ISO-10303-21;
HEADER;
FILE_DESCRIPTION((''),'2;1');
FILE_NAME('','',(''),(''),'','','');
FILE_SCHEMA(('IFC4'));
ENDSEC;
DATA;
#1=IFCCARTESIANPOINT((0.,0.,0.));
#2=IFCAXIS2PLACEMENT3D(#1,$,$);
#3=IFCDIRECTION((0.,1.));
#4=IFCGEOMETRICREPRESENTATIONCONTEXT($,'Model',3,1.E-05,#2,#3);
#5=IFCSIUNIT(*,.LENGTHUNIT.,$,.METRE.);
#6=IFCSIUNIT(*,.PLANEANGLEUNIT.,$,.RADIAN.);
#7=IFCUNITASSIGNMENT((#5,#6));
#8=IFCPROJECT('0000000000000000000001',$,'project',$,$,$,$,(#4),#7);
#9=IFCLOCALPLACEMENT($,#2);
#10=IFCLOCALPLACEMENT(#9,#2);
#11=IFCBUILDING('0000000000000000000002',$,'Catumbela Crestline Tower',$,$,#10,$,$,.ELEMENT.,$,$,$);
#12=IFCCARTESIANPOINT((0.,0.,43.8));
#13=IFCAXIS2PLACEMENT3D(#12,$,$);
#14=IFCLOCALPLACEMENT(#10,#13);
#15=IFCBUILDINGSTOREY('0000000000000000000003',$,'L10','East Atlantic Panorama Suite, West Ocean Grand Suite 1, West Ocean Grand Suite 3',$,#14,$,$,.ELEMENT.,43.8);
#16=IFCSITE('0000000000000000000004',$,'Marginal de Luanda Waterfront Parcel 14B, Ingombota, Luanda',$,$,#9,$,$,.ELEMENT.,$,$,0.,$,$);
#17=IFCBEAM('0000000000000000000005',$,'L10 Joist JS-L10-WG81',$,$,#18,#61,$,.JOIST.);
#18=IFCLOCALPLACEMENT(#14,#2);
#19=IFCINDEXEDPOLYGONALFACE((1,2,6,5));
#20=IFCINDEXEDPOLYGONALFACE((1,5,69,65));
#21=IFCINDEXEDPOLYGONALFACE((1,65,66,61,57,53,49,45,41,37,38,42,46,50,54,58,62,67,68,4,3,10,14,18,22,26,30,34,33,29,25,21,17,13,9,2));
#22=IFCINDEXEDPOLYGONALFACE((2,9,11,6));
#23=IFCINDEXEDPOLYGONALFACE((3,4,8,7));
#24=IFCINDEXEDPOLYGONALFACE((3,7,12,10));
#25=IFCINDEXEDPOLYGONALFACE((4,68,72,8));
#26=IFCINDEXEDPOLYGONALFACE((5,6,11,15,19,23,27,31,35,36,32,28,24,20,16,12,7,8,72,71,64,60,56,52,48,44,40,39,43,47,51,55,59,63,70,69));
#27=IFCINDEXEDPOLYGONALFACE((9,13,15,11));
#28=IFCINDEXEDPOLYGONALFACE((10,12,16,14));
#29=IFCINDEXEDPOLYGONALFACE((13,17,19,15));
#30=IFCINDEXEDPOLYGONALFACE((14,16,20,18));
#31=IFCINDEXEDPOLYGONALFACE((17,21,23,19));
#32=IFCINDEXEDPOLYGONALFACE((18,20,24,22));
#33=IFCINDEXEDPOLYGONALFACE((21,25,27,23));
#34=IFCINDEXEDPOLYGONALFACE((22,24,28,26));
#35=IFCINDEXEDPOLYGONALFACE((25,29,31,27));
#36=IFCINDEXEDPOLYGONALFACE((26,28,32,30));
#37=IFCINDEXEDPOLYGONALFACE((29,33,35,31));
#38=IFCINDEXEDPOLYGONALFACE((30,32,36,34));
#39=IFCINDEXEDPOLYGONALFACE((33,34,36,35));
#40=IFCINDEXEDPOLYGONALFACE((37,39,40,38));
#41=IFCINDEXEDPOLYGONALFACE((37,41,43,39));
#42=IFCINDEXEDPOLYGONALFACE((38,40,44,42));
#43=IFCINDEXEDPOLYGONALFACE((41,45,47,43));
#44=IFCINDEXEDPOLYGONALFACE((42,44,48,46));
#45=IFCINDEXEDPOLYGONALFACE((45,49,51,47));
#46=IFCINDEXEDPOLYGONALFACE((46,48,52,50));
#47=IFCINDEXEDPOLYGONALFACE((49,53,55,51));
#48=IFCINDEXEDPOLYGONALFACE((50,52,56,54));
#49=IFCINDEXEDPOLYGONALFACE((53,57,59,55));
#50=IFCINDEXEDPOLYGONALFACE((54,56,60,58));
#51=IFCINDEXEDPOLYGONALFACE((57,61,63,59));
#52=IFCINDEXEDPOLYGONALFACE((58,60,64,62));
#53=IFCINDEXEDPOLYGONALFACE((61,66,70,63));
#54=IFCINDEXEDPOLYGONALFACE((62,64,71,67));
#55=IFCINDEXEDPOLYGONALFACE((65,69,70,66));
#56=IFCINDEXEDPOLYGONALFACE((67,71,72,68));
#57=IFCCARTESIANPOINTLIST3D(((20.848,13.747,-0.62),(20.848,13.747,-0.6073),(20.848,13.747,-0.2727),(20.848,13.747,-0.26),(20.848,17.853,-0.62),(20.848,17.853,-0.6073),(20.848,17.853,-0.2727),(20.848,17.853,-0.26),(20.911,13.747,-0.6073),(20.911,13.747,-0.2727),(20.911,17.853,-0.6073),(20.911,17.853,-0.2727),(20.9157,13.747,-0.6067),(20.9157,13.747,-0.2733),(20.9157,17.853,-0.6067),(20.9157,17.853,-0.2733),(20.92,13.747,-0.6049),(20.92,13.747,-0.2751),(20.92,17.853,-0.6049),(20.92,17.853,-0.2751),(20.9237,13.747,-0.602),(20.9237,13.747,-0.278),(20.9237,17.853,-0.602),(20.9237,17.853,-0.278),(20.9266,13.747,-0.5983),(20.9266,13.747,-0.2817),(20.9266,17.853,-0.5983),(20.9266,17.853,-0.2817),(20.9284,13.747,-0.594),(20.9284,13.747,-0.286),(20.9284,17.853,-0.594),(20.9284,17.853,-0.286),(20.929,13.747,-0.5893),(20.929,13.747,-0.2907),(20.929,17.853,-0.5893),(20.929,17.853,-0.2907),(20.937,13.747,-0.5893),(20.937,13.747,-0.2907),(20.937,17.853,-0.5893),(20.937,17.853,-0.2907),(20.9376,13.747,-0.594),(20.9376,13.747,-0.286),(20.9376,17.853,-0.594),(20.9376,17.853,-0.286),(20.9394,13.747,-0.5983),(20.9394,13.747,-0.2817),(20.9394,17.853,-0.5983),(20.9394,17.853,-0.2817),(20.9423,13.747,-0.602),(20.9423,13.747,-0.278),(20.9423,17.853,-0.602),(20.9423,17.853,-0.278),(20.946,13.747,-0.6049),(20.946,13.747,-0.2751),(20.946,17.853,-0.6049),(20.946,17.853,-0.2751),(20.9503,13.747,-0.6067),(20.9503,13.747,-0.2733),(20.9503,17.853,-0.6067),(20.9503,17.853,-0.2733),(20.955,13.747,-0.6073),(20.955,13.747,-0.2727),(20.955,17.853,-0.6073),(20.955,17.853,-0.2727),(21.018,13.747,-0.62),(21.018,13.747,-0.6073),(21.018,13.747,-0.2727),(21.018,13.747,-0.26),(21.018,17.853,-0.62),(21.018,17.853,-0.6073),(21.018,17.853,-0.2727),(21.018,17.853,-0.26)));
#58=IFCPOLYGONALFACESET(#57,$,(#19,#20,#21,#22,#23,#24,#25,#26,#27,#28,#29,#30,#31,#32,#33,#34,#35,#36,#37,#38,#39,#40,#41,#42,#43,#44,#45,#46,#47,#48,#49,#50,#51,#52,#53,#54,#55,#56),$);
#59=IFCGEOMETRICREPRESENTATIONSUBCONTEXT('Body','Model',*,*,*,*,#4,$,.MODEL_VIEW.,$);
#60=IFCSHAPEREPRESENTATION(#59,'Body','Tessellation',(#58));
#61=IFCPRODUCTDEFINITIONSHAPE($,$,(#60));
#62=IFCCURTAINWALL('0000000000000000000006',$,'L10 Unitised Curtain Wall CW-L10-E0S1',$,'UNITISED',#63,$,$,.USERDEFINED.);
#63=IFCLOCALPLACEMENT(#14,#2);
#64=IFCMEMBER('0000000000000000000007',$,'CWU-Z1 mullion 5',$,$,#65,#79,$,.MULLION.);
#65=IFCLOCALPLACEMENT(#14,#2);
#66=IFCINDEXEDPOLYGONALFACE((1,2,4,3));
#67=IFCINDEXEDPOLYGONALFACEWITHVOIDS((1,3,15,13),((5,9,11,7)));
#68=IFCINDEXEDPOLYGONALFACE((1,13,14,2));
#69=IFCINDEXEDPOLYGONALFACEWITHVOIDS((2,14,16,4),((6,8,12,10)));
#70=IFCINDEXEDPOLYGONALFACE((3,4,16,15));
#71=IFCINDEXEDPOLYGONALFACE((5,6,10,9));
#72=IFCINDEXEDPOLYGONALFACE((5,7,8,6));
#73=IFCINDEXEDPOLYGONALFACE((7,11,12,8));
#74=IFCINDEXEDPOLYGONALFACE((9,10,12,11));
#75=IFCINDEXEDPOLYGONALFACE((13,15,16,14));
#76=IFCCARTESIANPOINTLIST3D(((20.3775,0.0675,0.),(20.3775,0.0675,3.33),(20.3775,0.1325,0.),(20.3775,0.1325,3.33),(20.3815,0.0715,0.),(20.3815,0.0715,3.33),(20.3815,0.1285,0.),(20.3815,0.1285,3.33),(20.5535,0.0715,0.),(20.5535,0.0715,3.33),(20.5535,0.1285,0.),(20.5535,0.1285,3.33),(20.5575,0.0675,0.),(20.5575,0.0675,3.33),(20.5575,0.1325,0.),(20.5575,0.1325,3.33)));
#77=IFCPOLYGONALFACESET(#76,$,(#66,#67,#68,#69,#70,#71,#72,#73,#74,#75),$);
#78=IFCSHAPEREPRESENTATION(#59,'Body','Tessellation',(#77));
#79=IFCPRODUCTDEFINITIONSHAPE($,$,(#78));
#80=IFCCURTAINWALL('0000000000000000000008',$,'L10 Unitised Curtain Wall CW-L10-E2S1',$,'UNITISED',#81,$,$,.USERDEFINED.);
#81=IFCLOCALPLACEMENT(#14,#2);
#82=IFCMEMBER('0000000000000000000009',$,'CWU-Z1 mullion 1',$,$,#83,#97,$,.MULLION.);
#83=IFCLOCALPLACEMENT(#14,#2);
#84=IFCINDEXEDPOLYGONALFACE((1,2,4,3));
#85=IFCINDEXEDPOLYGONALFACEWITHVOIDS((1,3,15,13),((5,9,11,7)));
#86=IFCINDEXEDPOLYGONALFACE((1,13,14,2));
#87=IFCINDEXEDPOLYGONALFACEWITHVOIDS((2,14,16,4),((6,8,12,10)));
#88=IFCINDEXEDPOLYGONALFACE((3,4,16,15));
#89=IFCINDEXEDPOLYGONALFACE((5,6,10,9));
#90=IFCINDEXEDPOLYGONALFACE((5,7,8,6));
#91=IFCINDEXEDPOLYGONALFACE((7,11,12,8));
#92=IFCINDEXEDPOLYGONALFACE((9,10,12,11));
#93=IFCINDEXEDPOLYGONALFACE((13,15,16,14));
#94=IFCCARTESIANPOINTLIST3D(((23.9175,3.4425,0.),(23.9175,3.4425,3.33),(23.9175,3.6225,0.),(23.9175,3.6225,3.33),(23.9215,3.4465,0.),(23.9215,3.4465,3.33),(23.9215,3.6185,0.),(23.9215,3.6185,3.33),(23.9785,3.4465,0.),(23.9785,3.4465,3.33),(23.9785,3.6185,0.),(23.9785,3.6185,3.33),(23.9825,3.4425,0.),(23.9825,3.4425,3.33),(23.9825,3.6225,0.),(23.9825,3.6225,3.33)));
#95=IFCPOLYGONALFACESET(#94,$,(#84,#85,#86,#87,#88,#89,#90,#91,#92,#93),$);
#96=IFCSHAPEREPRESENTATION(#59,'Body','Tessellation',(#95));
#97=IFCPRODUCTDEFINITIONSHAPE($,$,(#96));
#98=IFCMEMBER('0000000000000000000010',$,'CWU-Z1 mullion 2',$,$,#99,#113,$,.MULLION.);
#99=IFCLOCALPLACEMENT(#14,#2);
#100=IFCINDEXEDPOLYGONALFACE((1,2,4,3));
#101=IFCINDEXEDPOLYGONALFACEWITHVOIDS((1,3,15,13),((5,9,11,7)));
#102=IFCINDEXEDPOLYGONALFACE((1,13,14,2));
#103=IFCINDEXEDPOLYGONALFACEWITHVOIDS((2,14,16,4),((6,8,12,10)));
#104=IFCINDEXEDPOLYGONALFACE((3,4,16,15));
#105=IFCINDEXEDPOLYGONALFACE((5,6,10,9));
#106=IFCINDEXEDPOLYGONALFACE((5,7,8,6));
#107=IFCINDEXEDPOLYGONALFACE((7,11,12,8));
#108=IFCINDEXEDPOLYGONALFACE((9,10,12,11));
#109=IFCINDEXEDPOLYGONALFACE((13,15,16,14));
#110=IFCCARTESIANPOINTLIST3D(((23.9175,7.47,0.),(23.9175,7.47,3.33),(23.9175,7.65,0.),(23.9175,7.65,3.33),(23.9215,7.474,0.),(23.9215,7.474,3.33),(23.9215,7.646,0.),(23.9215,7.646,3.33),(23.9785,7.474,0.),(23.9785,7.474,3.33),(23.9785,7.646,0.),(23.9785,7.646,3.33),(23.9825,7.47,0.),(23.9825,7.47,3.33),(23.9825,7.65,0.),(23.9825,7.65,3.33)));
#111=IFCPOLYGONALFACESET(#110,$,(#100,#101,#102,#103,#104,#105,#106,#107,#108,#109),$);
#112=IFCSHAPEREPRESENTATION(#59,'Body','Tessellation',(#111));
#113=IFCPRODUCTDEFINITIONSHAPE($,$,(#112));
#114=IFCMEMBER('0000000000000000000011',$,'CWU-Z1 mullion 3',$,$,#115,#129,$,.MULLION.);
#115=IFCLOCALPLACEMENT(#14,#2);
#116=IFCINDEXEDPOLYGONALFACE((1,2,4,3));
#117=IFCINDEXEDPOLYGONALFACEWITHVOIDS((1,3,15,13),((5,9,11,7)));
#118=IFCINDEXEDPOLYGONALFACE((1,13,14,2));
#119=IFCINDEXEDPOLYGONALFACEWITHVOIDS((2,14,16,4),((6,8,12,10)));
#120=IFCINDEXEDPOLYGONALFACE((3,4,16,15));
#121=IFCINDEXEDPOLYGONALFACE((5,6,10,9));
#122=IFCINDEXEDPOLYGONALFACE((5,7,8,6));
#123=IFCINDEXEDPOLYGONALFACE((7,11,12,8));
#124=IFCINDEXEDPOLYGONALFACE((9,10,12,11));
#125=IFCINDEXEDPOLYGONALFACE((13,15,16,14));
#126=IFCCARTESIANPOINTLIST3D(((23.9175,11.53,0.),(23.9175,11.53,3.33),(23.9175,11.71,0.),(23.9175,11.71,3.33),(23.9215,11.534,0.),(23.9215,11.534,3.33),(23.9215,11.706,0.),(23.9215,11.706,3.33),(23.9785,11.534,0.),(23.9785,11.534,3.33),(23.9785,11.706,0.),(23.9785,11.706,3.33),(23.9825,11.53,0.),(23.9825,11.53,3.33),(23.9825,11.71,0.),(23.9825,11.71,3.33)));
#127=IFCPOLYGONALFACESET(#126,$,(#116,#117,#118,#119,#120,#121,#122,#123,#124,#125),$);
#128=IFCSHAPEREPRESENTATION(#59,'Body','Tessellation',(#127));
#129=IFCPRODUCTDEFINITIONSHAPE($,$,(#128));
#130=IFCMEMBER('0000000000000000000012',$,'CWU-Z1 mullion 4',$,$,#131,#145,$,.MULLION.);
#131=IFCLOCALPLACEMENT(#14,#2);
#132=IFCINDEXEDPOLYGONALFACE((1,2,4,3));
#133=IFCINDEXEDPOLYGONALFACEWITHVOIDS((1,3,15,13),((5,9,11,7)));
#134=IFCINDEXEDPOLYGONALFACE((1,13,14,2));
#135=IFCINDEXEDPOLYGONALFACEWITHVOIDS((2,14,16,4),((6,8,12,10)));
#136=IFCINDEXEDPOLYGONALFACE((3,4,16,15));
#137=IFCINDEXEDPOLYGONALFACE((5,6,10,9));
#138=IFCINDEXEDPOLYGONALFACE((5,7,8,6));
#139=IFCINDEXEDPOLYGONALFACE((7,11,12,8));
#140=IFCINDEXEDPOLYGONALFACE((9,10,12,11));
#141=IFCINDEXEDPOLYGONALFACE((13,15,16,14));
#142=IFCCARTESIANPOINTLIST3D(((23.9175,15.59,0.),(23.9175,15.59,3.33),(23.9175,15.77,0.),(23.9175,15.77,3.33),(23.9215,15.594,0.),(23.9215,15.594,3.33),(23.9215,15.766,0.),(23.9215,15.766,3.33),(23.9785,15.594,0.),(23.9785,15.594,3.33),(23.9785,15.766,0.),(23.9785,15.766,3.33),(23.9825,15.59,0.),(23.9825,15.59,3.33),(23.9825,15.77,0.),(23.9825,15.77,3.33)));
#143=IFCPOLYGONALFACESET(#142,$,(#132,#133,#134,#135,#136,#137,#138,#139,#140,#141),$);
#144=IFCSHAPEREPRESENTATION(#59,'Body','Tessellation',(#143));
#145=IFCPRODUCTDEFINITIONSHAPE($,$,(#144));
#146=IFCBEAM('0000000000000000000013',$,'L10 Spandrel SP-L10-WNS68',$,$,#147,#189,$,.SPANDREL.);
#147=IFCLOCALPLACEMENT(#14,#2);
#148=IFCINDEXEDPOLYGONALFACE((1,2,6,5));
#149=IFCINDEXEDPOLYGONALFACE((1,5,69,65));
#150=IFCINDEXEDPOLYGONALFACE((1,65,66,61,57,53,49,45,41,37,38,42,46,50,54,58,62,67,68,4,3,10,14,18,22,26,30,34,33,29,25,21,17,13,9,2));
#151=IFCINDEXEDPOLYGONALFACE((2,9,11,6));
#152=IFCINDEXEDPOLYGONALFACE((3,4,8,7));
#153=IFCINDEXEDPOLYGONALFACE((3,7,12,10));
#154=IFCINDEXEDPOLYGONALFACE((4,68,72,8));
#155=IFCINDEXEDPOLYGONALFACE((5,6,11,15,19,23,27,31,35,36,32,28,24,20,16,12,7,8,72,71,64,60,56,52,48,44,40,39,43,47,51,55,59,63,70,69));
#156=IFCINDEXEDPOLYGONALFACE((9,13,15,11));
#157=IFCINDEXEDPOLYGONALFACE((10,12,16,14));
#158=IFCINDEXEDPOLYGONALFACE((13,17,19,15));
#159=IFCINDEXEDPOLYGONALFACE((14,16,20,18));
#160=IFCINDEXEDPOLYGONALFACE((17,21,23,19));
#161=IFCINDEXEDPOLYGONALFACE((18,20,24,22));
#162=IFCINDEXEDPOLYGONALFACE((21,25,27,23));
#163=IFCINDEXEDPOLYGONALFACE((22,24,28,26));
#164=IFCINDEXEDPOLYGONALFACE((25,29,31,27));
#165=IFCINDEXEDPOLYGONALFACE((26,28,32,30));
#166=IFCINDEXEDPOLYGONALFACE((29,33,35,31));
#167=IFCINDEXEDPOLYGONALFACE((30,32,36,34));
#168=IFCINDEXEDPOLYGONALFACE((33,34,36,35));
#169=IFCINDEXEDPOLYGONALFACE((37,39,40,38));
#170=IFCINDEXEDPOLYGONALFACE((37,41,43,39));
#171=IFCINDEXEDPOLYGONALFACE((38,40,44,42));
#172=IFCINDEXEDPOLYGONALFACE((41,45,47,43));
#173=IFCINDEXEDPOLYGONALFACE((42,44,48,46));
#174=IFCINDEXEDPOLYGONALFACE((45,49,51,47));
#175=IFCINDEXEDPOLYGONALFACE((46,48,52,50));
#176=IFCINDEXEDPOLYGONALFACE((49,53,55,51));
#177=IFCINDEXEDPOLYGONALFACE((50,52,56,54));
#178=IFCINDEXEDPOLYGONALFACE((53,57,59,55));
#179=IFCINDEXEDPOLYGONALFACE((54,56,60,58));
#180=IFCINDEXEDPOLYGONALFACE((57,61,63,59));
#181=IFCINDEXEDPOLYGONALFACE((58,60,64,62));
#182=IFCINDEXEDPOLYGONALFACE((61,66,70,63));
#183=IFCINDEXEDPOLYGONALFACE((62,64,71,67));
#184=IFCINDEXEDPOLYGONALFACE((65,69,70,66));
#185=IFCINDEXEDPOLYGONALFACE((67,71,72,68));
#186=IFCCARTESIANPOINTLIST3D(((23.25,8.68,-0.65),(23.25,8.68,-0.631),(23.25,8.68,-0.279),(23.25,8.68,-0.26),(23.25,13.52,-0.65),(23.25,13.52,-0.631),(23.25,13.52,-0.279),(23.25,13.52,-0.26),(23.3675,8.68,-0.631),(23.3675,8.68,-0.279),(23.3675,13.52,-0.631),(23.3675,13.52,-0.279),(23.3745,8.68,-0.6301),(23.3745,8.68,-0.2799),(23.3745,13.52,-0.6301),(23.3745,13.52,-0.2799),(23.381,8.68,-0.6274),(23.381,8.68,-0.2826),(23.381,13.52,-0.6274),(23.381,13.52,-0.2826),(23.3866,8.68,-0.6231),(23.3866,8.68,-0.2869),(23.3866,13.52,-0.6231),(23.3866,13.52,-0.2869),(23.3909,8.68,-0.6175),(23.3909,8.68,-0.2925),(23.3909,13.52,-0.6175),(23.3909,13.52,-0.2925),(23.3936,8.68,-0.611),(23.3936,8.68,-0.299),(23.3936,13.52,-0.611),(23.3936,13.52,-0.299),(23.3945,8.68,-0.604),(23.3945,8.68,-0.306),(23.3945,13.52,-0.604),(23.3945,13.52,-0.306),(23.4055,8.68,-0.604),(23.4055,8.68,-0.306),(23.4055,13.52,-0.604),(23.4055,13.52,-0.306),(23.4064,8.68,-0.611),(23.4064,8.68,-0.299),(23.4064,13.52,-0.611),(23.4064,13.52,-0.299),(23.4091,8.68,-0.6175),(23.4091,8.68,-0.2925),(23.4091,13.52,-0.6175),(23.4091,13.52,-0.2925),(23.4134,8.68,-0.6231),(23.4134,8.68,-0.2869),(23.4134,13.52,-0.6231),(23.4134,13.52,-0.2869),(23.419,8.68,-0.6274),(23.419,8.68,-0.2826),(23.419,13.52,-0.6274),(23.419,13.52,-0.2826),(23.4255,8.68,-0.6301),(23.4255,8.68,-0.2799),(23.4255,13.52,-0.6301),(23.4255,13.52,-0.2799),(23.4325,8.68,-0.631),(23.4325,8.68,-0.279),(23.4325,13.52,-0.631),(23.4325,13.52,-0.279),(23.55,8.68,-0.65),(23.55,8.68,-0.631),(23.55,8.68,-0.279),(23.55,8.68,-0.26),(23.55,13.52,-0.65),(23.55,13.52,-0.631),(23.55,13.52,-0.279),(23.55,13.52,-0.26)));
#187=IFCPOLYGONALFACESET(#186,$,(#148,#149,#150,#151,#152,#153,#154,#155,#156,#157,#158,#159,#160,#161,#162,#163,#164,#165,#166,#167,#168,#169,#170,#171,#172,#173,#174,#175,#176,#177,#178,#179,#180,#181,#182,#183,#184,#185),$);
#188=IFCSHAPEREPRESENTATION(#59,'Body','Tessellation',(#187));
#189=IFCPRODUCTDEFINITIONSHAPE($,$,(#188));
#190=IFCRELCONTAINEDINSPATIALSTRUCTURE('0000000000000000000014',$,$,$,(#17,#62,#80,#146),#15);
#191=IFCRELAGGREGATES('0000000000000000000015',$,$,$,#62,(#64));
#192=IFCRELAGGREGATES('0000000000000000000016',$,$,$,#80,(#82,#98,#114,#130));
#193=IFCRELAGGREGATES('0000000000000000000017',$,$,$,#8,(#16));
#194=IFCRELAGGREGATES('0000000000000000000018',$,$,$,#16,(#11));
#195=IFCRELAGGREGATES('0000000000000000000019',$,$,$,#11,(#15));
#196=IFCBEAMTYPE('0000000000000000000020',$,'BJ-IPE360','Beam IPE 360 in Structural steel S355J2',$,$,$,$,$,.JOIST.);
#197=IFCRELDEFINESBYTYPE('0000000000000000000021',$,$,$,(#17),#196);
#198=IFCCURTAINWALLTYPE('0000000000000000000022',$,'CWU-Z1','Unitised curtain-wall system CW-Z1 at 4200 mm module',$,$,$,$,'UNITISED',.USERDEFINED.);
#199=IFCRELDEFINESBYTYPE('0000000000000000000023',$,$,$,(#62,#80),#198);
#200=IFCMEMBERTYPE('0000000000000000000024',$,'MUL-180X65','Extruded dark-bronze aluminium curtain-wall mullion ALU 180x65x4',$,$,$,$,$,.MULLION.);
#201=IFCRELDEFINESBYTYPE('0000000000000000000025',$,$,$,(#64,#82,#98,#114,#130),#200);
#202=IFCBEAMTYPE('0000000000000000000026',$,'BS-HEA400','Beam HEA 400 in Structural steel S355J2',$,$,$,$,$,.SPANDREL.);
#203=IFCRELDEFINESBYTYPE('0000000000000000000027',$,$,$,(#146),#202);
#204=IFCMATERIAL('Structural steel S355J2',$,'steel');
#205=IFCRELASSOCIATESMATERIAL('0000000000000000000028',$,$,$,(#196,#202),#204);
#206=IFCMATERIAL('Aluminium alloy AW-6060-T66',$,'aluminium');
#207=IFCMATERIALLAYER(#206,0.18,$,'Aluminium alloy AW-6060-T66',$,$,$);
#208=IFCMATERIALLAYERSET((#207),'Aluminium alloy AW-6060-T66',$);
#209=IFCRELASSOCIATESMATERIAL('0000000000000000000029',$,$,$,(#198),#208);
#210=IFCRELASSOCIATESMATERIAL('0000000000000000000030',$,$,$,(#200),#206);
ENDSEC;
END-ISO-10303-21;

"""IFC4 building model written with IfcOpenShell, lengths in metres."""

from ifc_helpers import new_model, si_unit, direction, frame, origin, origin_2d, place, context, subcontext, project, spatial, hollow_rectangle, i_section, extrude, material, layer, layer_set, material_profile, profile_set, type_object, element, aggregate, save


model = new_model("IFC4")

# Units and contexts
model_context = context("Model", 3, precision=1e-05, world=origin(), true_north=direction((0.0, 1.0)))
body_context = subcontext(model_context, "Body", "Model", "MODEL_VIEW")
ifc_project = project(units=[si_unit("LENGTHUNIT", "METRE"), si_unit("PLANEANGLEUNIT", "RADIAN")], contexts=[model_context])

# Site, building, storey
site_placement = place(None, origin())
site = spatial("IfcSite", under=ifc_project, at=site_placement, Name="Marginal de Luanda Waterfront Parcel 14B, Ingombota, Luanda", CompositionType="ELEMENT", RefElevation=0.0)
building_placement = place(site_placement, origin())
building = spatial("IfcBuilding", under=site, at=building_placement, Name="Catumbela Crestline Tower", CompositionType="ELEMENT")
storey_placement = place(building_placement, frame((0.0, 0.0, 43.8)))
storey = spatial("IfcBuildingStorey", under=building, at=storey_placement, Name="L10", Description="East Atlantic Panorama Suite, West Ocean Grand Suite 1, West Ocean Grand Suite 3", CompositionType="ELEMENT", Elevation=43.8)

# Beam
ifc_material_1 = material(Name="Structural steel S355J2", Category="steel")
ifc_material_profile_1 = material_profile(ifc_material_1, i_section(OverallWidth=0.17, OverallDepth=0.36, WebThickness=0.008, FlangeThickness=0.0127, FilletRadius=0.018, at=origin_2d()), Name="IPE 360")
ifc_profile_set_1 = profile_set([ifc_material_profile_1], Name="Structural steel S355J2")
beam_type_1 = type_object("IfcBeamType", Name="BJ-IPE360", Description="Beam IPE 360 in Structural steel S355J2", PredefinedType="JOIST", material=ifc_profile_set_1)
beam_1_placement = place(storey_placement, frame((20.933, 13.747, -0.44), z_axis=(0.0, 1.0, 0.0), x_axis=(-1.0, 0.0, 0.0)))
element("IfcBeam", 1, at=beam_1_placement, inside=storey, type_object=beam_type_1, Name="L10 Joist JS-L10-WG81", PredefinedType="JOIST", context=body_context, shape_type="SweptSolid", body=[
    extrude(i_section(OverallWidth=0.17, OverallDepth=0.36, WebThickness=0.008, FlangeThickness=0.0127, FilletRadius=0.018, at=origin_2d()), origin(), (0.0, 0.0, 1.0), 4.106),
])

# Curtain wall, member
ifc_material_2 = material(Name="Aluminium alloy AW-6060-T66", Category="aluminium")
ifc_layer_1 = layer(ifc_material_2, 0.18, Name="Aluminium alloy AW-6060-T66")
ifc_layer_set_1 = layer_set([ifc_layer_1], Name="Aluminium alloy AW-6060-T66")
curtain_wall_type = type_object("IfcCurtainWallType", Name="CWU-Z1", Description="Unitised curtain-wall system CW-Z1 at 4200 mm module", ElementType="UNITISED", PredefinedType="USERDEFINED", material=ifc_layer_set_1)
curtain_wall_1_placement = place(storey_placement, origin())
curtain_wall_1 = element("IfcCurtainWall", 2, at=curtain_wall_1_placement, inside=storey, type_object=curtain_wall_type, Name="L10 Unitised Curtain Wall CW-L10-E0S1", ObjectType="UNITISED", PredefinedType="USERDEFINED")
ifc_material_profile_2 = material_profile(ifc_material_2, hollow_rectangle(XDim=0.065, YDim=0.18, WallThickness=0.004, at=origin_2d()), Name="ALU 180x65x4")
ifc_profile_set_2 = profile_set([ifc_material_profile_2], Name="Aluminium alloy AW-6060-T66")
member_type_1 = type_object("IfcMemberType", Name="MUL-180X65", Description="Extruded dark-bronze aluminium curtain-wall mullion ALU 180x65x4", PredefinedType="MULLION", material=ifc_profile_set_2)
member_1_placement = place(storey_placement, frame((20.4675, 0.1, 0.0), z_axis=(0.0, 0.0, 1.0), x_axis=(0.0, 1.0, 0.0)))
member_1 = element("IfcMember", 3, at=member_1_placement, type_object=member_type_1, Name="CWU-Z1 mullion 5", PredefinedType="MULLION", context=body_context, shape_type="SweptSolid", body=[
    extrude(hollow_rectangle(XDim=0.065, YDim=0.18, WallThickness=0.004, at=origin_2d()), origin(), (0.0, 0.0, 1.0), 3.33),
])
aggregate(curtain_wall_1, [member_1])

# Curtain wall, members
curtain_wall_2_placement = place(storey_placement, origin())
curtain_wall_2 = element("IfcCurtainWall", 4, at=curtain_wall_2_placement, inside=storey, type_object=curtain_wall_type, Name="L10 Unitised Curtain Wall CW-L10-E2S1", ObjectType="UNITISED", PredefinedType="USERDEFINED")
member_2_placement = place(storey_placement, frame((23.95, 3.5325, 0.0), z_axis=(0.0, 0.0, 1.0), x_axis=(-1.0, 0.0, 0.0)))
member_2 = element("IfcMember", 5, at=member_2_placement, type_object=member_type_1, Name="CWU-Z1 mullion 1", PredefinedType="MULLION", context=body_context, shape_type="SweptSolid", body=[
    extrude(hollow_rectangle(XDim=0.065, YDim=0.18, WallThickness=0.004, at=origin_2d()), origin(), (0.0, 0.0, 1.0), 3.33),
])
member_3_placement = place(storey_placement, frame((23.95, 7.56, 0.0), z_axis=(0.0, 0.0, 1.0), x_axis=(-1.0, 0.0, 0.0)))
member_3 = element("IfcMember", 6, at=member_3_placement, type_object=member_type_1, Name="CWU-Z1 mullion 2", PredefinedType="MULLION", context=body_context, shape_type="SweptSolid", body=[
    extrude(hollow_rectangle(XDim=0.065, YDim=0.18, WallThickness=0.004, at=origin_2d()), origin(), (0.0, 0.0, 1.0), 3.33),
])
member_4_placement = place(storey_placement, frame((23.95, 11.62, 0.0), z_axis=(0.0, 0.0, 1.0), x_axis=(-1.0, 0.0, 0.0)))
member_4 = element("IfcMember", 7, at=member_4_placement, type_object=member_type_1, Name="CWU-Z1 mullion 3", PredefinedType="MULLION", context=body_context, shape_type="SweptSolid", body=[
    extrude(hollow_rectangle(XDim=0.065, YDim=0.18, WallThickness=0.004, at=origin_2d()), origin(), (0.0, 0.0, 1.0), 3.33),
])
member_5_placement = place(storey_placement, frame((23.95, 15.68, 0.0), z_axis=(0.0, 0.0, 1.0), x_axis=(-1.0, 0.0, 0.0)))
member_5 = element("IfcMember", 8, at=member_5_placement, type_object=member_type_1, Name="CWU-Z1 mullion 4", PredefinedType="MULLION", context=body_context, shape_type="SweptSolid", body=[
    extrude(hollow_rectangle(XDim=0.065, YDim=0.18, WallThickness=0.004, at=origin_2d()), origin(), (0.0, 0.0, 1.0), 3.33),
])

# Beam
ifc_material_profile_3 = material_profile(ifc_material_1, i_section(OverallWidth=0.3, OverallDepth=0.39, WebThickness=0.011, FlangeThickness=0.019, FilletRadius=0.027, at=origin_2d()), Name="HEA 400")
ifc_profile_set_3 = profile_set([ifc_material_profile_3], Name="Structural steel S355J2")
beam_type_2 = type_object("IfcBeamType", Name="BS-HEA400", Description="Beam HEA 400 in Structural steel S355J2", PredefinedType="SPANDREL", material=ifc_profile_set_3)
beam_2_placement = place(storey_placement, frame((23.4, 8.68, -0.455), z_axis=(0.0, 1.0, 0.0), x_axis=(-1.0, 0.0, 0.0)))
element("IfcBeam", 9, at=beam_2_placement, inside=storey, type_object=beam_type_2, Name="L10 Spandrel SP-L10-WNS68", PredefinedType="SPANDREL", context=body_context, shape_type="SweptSolid", body=[
    extrude(i_section(OverallWidth=0.3, OverallDepth=0.39, WebThickness=0.011, FlangeThickness=0.019, FilletRadius=0.027, at=origin_2d()), origin(), (0.0, 0.0, 1.0), 4.84),
])

aggregate(curtain_wall_2, [member_2, member_3, member_4, member_5])

save(model, "model.ifc")
